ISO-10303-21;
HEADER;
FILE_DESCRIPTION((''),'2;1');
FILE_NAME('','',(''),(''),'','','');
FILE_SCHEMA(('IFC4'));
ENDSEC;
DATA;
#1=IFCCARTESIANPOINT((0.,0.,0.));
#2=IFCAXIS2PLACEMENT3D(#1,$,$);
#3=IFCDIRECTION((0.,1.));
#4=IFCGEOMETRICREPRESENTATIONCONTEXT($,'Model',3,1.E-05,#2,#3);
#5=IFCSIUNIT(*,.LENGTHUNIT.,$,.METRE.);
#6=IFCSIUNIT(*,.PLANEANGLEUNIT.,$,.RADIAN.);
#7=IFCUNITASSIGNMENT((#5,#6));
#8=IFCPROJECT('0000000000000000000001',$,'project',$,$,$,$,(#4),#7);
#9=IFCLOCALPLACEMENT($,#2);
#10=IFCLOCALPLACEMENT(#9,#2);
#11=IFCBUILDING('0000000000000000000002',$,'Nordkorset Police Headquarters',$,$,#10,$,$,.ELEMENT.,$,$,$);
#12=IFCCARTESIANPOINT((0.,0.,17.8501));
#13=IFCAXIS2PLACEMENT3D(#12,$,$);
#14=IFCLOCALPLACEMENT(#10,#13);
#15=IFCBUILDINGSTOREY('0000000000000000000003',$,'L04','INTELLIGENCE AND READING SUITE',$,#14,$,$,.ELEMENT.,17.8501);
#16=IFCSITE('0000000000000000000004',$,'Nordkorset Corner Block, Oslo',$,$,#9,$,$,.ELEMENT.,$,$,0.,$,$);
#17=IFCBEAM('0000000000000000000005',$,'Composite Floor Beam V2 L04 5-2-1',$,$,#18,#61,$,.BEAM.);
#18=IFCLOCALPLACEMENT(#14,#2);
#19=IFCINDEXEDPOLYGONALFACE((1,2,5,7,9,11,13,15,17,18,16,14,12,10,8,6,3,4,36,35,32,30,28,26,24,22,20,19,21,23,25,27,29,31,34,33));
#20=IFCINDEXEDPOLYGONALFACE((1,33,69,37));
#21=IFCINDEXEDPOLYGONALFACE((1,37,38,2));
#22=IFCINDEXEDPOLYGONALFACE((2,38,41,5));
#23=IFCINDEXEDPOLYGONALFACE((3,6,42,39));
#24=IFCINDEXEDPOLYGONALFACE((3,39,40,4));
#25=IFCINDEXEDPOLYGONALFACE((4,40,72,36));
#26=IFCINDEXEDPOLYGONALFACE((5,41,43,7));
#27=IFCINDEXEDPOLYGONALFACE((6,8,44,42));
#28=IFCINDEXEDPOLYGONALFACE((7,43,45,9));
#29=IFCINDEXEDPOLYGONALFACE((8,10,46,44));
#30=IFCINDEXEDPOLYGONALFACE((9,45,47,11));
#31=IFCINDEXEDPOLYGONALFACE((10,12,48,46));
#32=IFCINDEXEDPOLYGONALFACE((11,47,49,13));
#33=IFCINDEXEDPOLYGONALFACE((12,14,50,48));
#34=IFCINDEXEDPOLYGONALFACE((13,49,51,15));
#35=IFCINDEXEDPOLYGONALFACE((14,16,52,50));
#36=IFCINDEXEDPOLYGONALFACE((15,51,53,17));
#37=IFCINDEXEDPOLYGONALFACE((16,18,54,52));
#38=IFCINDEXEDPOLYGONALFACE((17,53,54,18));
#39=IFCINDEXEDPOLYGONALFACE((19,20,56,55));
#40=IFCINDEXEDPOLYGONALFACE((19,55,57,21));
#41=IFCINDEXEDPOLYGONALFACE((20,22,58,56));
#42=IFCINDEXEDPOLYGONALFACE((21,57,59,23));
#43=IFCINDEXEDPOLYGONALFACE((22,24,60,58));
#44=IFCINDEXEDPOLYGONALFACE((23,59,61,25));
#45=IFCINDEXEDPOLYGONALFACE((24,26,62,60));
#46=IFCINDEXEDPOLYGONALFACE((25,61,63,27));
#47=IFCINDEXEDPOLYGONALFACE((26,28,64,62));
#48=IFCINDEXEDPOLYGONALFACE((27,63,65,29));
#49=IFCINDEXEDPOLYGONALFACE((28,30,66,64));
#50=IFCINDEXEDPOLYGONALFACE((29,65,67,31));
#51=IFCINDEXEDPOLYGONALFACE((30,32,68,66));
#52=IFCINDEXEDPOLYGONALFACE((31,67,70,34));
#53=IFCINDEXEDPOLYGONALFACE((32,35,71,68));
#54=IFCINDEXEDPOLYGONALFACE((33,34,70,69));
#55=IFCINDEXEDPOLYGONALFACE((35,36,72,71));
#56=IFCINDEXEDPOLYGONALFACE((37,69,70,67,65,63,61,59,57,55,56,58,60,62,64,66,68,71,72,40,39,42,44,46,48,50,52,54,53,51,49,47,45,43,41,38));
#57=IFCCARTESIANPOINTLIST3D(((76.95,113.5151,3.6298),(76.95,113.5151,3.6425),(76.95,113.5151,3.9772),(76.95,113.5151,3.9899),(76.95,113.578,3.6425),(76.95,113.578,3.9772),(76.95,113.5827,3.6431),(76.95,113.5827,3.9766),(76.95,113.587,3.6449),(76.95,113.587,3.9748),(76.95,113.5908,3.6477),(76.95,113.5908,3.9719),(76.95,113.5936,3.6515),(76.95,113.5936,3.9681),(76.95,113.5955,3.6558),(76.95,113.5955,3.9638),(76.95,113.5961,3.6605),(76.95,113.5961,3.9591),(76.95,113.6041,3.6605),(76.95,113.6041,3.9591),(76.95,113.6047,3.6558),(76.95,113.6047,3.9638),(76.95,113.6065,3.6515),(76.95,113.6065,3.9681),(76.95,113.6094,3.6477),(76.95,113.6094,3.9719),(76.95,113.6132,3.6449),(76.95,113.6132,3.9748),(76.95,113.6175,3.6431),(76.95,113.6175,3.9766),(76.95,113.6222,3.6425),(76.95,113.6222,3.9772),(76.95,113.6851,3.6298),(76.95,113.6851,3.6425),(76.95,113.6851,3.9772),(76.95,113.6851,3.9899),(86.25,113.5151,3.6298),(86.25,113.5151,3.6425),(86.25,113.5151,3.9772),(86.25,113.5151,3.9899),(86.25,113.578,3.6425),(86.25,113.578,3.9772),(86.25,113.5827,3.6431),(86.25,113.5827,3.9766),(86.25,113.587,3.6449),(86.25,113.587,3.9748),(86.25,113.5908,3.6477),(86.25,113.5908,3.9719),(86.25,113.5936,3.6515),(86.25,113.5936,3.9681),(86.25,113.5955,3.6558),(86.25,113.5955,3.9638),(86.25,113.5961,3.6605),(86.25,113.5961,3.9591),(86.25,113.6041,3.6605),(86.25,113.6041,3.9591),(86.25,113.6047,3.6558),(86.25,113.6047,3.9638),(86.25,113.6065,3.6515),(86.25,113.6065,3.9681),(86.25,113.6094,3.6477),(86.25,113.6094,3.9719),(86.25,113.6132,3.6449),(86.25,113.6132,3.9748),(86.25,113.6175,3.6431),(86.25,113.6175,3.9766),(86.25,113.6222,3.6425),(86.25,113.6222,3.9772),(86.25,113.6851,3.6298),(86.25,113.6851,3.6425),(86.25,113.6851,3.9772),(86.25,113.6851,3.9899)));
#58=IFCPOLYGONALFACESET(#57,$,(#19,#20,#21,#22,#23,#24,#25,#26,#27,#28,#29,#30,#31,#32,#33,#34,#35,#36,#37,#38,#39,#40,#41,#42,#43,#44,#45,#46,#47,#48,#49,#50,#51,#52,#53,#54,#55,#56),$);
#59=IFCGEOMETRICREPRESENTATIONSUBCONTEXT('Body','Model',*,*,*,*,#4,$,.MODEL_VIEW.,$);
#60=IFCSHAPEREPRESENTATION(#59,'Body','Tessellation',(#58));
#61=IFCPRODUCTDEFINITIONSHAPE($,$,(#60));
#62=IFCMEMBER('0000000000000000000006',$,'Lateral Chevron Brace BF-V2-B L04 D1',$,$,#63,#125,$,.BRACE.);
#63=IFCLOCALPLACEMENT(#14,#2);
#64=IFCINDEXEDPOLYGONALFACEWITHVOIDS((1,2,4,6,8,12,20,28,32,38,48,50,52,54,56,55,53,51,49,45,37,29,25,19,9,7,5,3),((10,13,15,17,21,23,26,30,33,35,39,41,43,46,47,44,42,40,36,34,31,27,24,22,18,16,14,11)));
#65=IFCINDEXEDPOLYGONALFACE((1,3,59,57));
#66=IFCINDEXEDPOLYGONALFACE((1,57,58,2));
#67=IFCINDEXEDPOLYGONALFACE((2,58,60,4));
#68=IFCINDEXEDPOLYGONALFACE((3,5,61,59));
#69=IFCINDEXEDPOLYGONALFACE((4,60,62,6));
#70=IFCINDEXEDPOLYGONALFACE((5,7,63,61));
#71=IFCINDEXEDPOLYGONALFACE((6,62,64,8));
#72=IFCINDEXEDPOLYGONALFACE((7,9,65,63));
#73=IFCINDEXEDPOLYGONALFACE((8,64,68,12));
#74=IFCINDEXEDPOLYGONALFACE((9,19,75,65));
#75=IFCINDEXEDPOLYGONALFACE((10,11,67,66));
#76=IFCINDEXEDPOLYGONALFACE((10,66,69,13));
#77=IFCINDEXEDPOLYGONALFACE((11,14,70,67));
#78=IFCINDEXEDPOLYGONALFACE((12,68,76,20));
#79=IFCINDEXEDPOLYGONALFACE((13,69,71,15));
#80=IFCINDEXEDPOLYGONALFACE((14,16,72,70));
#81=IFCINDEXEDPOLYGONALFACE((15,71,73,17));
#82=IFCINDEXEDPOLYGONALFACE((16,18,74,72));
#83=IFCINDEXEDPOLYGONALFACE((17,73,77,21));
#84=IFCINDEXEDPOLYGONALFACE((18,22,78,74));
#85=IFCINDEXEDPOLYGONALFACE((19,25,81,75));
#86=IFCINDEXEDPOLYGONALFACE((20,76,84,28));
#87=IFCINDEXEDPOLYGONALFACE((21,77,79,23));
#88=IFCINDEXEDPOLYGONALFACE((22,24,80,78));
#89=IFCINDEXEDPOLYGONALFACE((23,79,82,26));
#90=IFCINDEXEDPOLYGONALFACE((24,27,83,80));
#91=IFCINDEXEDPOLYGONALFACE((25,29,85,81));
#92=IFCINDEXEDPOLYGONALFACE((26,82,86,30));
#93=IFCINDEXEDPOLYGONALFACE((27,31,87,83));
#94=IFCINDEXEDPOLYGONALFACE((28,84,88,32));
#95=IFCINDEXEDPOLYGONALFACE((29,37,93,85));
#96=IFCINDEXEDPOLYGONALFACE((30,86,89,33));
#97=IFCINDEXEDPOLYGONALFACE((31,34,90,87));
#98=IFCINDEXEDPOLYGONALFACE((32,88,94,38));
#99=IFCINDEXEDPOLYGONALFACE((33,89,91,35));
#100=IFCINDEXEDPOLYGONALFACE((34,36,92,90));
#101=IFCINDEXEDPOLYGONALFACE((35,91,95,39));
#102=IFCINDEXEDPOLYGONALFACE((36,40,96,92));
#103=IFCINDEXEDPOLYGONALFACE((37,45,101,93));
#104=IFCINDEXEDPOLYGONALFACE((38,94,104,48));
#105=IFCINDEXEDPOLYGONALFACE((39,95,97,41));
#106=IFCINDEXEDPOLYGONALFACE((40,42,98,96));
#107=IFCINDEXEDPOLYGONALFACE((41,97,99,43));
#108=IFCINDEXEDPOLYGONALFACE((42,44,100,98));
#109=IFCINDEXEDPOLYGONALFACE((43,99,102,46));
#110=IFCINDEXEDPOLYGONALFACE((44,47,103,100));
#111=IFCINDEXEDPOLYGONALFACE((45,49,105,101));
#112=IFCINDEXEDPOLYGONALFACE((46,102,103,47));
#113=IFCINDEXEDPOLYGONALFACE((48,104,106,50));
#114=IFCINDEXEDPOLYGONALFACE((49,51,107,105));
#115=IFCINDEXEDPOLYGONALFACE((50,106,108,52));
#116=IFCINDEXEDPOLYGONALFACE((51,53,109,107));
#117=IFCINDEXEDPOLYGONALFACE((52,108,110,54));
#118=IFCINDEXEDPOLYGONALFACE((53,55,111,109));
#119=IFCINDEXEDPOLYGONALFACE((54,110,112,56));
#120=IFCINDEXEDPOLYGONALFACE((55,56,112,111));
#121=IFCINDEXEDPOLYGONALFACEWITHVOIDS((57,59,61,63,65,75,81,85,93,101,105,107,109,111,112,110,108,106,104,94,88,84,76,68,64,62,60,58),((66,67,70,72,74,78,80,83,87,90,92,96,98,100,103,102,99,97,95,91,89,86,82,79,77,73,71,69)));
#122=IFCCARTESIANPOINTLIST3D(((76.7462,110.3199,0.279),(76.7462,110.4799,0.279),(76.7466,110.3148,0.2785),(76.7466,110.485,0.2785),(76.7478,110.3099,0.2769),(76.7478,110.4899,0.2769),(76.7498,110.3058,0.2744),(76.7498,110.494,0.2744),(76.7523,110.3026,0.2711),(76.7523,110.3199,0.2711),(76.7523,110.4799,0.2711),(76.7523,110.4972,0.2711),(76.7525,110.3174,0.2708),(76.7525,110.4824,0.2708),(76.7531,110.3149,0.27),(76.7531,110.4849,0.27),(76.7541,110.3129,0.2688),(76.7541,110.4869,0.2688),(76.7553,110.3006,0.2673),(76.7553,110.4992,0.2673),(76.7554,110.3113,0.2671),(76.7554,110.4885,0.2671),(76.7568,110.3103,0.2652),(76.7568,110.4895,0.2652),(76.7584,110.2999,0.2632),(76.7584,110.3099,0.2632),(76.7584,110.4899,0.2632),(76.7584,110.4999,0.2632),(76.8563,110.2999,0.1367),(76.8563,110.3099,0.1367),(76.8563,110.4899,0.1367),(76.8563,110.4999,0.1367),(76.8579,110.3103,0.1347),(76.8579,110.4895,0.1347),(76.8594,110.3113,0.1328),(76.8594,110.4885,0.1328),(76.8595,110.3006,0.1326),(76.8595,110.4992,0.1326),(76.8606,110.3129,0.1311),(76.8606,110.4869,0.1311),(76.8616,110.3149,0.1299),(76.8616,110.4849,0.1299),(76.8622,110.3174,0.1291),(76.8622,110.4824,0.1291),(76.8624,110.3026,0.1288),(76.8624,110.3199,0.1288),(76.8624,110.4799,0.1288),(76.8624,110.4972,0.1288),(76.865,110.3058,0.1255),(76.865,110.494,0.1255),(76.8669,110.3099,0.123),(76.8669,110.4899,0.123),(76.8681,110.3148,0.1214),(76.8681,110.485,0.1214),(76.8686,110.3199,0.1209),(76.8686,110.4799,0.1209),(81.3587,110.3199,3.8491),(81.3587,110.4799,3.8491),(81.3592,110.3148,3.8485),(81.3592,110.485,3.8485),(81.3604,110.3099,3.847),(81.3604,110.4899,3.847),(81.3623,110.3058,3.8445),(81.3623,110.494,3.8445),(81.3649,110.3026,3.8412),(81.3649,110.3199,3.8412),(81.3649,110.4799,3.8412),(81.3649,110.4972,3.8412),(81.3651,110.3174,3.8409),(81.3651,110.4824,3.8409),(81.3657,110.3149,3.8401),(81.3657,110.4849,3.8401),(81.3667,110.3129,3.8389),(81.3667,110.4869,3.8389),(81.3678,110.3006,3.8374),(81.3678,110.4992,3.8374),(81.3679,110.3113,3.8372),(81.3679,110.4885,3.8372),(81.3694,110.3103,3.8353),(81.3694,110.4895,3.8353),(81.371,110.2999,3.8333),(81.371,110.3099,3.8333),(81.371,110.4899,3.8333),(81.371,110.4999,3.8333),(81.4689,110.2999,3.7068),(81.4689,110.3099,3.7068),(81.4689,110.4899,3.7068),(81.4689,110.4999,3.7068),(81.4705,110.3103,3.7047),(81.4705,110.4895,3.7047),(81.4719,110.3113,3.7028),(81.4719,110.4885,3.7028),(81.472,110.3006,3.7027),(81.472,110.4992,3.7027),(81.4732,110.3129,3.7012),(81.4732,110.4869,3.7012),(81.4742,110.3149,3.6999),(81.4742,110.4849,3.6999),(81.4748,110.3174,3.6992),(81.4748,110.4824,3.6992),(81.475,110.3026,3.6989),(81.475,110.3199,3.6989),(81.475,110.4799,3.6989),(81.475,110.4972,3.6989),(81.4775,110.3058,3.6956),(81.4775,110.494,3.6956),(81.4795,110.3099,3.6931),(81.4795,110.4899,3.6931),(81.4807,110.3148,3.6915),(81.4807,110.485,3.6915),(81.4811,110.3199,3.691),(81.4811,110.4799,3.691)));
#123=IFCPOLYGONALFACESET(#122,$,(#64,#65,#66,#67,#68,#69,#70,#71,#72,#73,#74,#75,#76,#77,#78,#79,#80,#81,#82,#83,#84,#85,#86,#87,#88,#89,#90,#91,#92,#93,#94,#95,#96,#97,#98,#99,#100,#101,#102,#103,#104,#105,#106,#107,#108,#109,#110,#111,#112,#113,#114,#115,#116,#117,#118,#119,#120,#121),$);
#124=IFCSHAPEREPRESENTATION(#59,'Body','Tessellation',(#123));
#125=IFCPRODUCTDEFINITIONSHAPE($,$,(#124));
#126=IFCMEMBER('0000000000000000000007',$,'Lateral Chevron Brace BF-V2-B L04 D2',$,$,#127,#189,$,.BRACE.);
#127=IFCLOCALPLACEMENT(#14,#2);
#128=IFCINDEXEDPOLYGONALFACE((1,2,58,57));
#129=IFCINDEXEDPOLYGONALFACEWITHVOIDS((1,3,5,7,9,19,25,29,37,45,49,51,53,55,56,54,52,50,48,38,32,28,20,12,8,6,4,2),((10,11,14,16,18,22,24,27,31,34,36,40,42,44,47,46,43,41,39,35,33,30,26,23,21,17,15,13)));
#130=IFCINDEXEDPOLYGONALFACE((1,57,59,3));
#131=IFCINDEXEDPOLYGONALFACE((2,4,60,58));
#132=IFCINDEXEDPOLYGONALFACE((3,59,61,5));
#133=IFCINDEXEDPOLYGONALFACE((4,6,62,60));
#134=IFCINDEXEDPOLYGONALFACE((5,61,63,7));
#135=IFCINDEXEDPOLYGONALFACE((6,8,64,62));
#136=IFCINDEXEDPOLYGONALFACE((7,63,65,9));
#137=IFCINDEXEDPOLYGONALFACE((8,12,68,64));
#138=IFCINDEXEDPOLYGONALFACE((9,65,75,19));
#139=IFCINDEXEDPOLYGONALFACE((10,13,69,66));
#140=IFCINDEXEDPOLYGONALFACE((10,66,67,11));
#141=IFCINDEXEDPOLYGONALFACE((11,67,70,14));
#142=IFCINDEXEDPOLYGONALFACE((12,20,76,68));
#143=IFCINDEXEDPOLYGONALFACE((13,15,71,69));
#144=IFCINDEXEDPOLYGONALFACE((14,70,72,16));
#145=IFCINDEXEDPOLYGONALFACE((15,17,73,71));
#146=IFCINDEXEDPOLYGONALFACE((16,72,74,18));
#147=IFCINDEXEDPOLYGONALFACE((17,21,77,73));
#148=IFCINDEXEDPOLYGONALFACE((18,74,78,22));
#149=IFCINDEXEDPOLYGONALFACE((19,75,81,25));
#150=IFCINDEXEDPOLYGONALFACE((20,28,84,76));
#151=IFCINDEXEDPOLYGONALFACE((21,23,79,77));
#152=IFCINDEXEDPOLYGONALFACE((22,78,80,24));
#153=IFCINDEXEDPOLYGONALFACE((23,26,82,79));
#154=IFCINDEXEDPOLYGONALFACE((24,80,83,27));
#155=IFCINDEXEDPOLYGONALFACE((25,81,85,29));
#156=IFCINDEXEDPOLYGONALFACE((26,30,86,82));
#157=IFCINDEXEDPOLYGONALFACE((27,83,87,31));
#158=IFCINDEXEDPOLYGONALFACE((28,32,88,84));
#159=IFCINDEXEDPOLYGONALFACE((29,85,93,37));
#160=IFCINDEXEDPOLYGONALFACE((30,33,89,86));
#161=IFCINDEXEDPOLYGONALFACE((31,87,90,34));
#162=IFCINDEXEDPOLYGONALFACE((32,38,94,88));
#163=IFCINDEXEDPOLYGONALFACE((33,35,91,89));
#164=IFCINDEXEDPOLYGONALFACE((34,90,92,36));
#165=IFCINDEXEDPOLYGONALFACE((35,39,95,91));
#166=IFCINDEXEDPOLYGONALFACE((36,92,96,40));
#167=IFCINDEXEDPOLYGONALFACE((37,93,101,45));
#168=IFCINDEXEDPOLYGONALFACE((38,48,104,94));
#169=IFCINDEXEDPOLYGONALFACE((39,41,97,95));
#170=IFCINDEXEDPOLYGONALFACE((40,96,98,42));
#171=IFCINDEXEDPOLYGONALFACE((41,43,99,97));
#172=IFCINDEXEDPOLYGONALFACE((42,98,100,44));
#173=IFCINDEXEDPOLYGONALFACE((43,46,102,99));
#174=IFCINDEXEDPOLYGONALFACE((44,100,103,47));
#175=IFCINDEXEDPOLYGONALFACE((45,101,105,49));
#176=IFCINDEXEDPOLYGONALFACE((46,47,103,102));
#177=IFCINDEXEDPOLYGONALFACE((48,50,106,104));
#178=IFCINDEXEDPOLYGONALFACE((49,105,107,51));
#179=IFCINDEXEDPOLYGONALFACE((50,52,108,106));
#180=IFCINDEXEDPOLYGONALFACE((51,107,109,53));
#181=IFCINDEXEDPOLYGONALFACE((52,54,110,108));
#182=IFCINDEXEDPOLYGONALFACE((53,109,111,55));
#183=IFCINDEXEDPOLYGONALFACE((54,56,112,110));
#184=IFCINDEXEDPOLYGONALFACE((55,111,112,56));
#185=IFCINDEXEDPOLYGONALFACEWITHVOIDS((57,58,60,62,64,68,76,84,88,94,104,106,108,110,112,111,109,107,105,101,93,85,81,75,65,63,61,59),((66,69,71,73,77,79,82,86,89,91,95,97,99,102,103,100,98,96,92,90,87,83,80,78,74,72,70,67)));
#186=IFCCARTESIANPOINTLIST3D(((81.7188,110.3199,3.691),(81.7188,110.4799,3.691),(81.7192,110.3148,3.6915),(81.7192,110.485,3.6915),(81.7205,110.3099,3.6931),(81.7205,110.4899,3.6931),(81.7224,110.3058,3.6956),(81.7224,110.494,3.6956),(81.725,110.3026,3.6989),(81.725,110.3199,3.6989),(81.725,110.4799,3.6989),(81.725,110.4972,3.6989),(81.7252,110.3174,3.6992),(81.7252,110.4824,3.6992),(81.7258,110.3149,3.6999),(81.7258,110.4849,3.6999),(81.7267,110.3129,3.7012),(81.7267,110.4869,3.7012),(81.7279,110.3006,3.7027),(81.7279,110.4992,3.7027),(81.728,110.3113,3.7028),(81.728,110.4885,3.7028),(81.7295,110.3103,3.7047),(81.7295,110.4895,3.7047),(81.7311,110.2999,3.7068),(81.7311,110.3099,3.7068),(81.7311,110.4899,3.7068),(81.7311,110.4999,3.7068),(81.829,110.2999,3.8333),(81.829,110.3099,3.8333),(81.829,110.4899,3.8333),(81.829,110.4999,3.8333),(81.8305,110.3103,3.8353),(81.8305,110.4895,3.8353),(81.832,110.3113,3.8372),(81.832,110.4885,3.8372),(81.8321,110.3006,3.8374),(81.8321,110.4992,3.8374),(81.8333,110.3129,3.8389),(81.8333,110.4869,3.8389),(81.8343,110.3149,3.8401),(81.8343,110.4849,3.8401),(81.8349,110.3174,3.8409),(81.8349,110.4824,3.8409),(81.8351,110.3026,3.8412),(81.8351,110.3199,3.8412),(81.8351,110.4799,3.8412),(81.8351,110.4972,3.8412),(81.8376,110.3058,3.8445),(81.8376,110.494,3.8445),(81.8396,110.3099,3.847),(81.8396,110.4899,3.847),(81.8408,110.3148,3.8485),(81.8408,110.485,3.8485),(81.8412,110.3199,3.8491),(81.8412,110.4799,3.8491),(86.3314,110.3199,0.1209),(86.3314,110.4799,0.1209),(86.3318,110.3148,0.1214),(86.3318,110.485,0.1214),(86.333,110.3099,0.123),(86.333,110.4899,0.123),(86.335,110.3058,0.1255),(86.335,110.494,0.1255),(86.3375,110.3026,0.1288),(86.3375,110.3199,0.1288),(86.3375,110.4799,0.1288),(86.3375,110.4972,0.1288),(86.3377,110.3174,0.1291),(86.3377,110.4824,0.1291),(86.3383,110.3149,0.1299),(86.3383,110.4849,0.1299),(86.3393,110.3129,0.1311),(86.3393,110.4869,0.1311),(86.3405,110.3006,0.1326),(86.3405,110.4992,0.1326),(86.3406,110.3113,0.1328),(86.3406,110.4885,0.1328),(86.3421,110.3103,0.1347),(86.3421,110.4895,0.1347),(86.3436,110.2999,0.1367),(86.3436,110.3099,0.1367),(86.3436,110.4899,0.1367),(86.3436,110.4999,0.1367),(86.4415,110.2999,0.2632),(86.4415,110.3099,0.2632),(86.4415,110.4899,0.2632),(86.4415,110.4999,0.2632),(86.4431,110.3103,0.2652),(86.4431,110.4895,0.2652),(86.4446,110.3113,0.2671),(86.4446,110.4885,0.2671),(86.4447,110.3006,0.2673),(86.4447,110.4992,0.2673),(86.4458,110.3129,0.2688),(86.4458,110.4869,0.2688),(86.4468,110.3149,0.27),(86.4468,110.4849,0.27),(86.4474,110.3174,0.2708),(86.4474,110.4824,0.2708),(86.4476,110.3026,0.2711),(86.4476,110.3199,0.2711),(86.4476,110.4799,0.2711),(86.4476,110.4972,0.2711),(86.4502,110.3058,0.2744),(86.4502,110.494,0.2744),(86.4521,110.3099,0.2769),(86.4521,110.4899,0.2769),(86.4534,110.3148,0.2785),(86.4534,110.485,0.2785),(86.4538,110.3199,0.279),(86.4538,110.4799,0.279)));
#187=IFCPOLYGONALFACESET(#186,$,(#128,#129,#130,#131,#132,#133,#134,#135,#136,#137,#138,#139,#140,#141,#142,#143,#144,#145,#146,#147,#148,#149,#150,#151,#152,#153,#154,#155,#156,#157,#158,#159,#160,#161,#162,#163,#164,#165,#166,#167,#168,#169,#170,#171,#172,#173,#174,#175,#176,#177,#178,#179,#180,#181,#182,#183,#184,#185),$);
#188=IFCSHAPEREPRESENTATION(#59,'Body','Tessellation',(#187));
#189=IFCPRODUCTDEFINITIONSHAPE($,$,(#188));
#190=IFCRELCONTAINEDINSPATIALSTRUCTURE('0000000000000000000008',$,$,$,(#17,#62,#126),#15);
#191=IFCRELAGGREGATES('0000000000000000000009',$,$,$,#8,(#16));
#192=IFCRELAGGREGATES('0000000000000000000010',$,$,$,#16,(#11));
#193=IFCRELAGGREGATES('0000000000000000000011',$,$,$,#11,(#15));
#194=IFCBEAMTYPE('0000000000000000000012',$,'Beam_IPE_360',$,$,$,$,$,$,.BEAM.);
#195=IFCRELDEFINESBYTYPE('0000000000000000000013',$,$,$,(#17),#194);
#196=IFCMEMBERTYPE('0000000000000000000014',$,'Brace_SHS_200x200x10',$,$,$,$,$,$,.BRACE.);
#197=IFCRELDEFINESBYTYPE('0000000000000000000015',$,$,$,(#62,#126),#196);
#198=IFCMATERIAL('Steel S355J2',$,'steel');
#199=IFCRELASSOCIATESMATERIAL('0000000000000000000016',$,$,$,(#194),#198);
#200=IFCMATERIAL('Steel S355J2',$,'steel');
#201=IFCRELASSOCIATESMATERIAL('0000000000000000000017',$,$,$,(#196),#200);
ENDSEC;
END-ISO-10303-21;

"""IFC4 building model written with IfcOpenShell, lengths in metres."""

from ifc_helpers import new_model, si_unit, direction, frame, origin, origin_2d, place, context, subcontext, project, spatial, hollow_rectangle, i_section, extrude, material, material_profile, profile_set, type_object, element, save


model = new_model("IFC4")

# Units and contexts
model_context = context("Model", 3, precision=1e-05, world=origin(), true_north=direction((0.0, 1.0)))
body_context = subcontext(model_context, "Body", "Model", "MODEL_VIEW")
ifc_project = project(units=[si_unit("LENGTHUNIT", "METRE"), si_unit("PLANEANGLEUNIT", "RADIAN")], contexts=[model_context])

# Site, building, storey
site_placement = place(None, origin())
site = spatial("IfcSite", under=ifc_project, at=site_placement, Name="Nordkorset Corner Block, Oslo", CompositionType="ELEMENT", RefElevation=0.0)
building_placement = place(site_placement, origin())
building = spatial("IfcBuilding", under=site, at=building_placement, Name="Nordkorset Police Headquarters", CompositionType="ELEMENT")
storey_placement = place(building_placement, frame((0.0, 0.0, 17.8501)))
storey = spatial("IfcBuildingStorey", under=building, at=storey_placement, Name="L04", Description="INTELLIGENCE AND READING SUITE", CompositionType="ELEMENT", Elevation=17.8501)

# Beam
ifc_material_1 = material(Name="Steel S355J2", Category="steel")
ifc_material_profile_1 = material_profile(ifc_material_1, i_section(OverallWidth=0.1699, OverallDepth=0.3601, WebThickness=0.0081, FlangeThickness=0.0127, FilletRadius=0.0181, at=origin_2d()), Name="IPE 360")
ifc_profile_set_1 = profile_set([ifc_material_profile_1], Name="Steel S355J2")
beam_type_1 = type_object("IfcBeamType", Name="Beam_IPE_360", PredefinedType="BEAM", material=ifc_profile_set_1)
for number, where, z_axis, x_axis, name in (
    (1, (76.95, 113.6001, 3.8098), (1.0, 0.0, 0.0), (0.0, 1.0, 0.0), "Composite Floor Beam V2 L04 5-2-1"),
):
    element("IfcBeam", number, at=place(storey_placement, frame(where, z_axis=z_axis, x_axis=x_axis)), inside=storey, type_object=beam_type_1, Name=name, PredefinedType="BEAM", context=body_context, shape_type="SweptSolid", body=[
        extrude(i_section(OverallWidth=0.1699, OverallDepth=0.3601, WebThickness=0.0081, FlangeThickness=0.0127, FilletRadius=0.0181, at=origin_2d()), origin(), (0.0, 0.0, 1.0), 9.3),
    ])

# Members
ifc_material_2 = material(Name="Steel S355J2", Category="steel")
ifc_material_profile_2 = material_profile(ifc_material_2, hollow_rectangle(XDim=0.2, YDim=0.2, WallThickness=0.01, InnerFilletRadius=0.01, OuterFilletRadius=0.02, at=origin_2d()), Name="SHS 200x200x10")
ifc_profile_set_2 = profile_set([ifc_material_profile_2], Name="Steel S355J2")
member_type_1 = type_object("IfcMemberType", Name="Brace_SHS_200x200x10", PredefinedType="BRACE", material=ifc_profile_set_2)
for number, where, z_axis, x_axis, name in (
    (2, (76.8074, 110.3999, 0.2), (0.790801, 0.0, 0.612073), (0.0, 1.0, 0.0), "Lateral Chevron Brace BF-V2-B L04 D1"),
    (3, (86.3926, 110.3999, 0.2), (-0.790801, 0.0, 0.612073), (0.0, -1.0, 0.0), "Lateral Chevron Brace BF-V2-B L04 D2"),
):
    element("IfcMember", number, at=place(storey_placement, frame(where, z_axis=z_axis, x_axis=x_axis)), inside=storey, type_object=member_type_1, Name=name, PredefinedType="BRACE", context=body_context, shape_type="SweptSolid", body=[
        extrude(hollow_rectangle(XDim=0.2, YDim=0.2, WallThickness=0.01, InnerFilletRadius=0.01, OuterFilletRadius=0.02, at=origin_2d()), origin(), (0.0, 0.0, 1.0), 5.8328),
    ])

save(model, "model.ifc")
